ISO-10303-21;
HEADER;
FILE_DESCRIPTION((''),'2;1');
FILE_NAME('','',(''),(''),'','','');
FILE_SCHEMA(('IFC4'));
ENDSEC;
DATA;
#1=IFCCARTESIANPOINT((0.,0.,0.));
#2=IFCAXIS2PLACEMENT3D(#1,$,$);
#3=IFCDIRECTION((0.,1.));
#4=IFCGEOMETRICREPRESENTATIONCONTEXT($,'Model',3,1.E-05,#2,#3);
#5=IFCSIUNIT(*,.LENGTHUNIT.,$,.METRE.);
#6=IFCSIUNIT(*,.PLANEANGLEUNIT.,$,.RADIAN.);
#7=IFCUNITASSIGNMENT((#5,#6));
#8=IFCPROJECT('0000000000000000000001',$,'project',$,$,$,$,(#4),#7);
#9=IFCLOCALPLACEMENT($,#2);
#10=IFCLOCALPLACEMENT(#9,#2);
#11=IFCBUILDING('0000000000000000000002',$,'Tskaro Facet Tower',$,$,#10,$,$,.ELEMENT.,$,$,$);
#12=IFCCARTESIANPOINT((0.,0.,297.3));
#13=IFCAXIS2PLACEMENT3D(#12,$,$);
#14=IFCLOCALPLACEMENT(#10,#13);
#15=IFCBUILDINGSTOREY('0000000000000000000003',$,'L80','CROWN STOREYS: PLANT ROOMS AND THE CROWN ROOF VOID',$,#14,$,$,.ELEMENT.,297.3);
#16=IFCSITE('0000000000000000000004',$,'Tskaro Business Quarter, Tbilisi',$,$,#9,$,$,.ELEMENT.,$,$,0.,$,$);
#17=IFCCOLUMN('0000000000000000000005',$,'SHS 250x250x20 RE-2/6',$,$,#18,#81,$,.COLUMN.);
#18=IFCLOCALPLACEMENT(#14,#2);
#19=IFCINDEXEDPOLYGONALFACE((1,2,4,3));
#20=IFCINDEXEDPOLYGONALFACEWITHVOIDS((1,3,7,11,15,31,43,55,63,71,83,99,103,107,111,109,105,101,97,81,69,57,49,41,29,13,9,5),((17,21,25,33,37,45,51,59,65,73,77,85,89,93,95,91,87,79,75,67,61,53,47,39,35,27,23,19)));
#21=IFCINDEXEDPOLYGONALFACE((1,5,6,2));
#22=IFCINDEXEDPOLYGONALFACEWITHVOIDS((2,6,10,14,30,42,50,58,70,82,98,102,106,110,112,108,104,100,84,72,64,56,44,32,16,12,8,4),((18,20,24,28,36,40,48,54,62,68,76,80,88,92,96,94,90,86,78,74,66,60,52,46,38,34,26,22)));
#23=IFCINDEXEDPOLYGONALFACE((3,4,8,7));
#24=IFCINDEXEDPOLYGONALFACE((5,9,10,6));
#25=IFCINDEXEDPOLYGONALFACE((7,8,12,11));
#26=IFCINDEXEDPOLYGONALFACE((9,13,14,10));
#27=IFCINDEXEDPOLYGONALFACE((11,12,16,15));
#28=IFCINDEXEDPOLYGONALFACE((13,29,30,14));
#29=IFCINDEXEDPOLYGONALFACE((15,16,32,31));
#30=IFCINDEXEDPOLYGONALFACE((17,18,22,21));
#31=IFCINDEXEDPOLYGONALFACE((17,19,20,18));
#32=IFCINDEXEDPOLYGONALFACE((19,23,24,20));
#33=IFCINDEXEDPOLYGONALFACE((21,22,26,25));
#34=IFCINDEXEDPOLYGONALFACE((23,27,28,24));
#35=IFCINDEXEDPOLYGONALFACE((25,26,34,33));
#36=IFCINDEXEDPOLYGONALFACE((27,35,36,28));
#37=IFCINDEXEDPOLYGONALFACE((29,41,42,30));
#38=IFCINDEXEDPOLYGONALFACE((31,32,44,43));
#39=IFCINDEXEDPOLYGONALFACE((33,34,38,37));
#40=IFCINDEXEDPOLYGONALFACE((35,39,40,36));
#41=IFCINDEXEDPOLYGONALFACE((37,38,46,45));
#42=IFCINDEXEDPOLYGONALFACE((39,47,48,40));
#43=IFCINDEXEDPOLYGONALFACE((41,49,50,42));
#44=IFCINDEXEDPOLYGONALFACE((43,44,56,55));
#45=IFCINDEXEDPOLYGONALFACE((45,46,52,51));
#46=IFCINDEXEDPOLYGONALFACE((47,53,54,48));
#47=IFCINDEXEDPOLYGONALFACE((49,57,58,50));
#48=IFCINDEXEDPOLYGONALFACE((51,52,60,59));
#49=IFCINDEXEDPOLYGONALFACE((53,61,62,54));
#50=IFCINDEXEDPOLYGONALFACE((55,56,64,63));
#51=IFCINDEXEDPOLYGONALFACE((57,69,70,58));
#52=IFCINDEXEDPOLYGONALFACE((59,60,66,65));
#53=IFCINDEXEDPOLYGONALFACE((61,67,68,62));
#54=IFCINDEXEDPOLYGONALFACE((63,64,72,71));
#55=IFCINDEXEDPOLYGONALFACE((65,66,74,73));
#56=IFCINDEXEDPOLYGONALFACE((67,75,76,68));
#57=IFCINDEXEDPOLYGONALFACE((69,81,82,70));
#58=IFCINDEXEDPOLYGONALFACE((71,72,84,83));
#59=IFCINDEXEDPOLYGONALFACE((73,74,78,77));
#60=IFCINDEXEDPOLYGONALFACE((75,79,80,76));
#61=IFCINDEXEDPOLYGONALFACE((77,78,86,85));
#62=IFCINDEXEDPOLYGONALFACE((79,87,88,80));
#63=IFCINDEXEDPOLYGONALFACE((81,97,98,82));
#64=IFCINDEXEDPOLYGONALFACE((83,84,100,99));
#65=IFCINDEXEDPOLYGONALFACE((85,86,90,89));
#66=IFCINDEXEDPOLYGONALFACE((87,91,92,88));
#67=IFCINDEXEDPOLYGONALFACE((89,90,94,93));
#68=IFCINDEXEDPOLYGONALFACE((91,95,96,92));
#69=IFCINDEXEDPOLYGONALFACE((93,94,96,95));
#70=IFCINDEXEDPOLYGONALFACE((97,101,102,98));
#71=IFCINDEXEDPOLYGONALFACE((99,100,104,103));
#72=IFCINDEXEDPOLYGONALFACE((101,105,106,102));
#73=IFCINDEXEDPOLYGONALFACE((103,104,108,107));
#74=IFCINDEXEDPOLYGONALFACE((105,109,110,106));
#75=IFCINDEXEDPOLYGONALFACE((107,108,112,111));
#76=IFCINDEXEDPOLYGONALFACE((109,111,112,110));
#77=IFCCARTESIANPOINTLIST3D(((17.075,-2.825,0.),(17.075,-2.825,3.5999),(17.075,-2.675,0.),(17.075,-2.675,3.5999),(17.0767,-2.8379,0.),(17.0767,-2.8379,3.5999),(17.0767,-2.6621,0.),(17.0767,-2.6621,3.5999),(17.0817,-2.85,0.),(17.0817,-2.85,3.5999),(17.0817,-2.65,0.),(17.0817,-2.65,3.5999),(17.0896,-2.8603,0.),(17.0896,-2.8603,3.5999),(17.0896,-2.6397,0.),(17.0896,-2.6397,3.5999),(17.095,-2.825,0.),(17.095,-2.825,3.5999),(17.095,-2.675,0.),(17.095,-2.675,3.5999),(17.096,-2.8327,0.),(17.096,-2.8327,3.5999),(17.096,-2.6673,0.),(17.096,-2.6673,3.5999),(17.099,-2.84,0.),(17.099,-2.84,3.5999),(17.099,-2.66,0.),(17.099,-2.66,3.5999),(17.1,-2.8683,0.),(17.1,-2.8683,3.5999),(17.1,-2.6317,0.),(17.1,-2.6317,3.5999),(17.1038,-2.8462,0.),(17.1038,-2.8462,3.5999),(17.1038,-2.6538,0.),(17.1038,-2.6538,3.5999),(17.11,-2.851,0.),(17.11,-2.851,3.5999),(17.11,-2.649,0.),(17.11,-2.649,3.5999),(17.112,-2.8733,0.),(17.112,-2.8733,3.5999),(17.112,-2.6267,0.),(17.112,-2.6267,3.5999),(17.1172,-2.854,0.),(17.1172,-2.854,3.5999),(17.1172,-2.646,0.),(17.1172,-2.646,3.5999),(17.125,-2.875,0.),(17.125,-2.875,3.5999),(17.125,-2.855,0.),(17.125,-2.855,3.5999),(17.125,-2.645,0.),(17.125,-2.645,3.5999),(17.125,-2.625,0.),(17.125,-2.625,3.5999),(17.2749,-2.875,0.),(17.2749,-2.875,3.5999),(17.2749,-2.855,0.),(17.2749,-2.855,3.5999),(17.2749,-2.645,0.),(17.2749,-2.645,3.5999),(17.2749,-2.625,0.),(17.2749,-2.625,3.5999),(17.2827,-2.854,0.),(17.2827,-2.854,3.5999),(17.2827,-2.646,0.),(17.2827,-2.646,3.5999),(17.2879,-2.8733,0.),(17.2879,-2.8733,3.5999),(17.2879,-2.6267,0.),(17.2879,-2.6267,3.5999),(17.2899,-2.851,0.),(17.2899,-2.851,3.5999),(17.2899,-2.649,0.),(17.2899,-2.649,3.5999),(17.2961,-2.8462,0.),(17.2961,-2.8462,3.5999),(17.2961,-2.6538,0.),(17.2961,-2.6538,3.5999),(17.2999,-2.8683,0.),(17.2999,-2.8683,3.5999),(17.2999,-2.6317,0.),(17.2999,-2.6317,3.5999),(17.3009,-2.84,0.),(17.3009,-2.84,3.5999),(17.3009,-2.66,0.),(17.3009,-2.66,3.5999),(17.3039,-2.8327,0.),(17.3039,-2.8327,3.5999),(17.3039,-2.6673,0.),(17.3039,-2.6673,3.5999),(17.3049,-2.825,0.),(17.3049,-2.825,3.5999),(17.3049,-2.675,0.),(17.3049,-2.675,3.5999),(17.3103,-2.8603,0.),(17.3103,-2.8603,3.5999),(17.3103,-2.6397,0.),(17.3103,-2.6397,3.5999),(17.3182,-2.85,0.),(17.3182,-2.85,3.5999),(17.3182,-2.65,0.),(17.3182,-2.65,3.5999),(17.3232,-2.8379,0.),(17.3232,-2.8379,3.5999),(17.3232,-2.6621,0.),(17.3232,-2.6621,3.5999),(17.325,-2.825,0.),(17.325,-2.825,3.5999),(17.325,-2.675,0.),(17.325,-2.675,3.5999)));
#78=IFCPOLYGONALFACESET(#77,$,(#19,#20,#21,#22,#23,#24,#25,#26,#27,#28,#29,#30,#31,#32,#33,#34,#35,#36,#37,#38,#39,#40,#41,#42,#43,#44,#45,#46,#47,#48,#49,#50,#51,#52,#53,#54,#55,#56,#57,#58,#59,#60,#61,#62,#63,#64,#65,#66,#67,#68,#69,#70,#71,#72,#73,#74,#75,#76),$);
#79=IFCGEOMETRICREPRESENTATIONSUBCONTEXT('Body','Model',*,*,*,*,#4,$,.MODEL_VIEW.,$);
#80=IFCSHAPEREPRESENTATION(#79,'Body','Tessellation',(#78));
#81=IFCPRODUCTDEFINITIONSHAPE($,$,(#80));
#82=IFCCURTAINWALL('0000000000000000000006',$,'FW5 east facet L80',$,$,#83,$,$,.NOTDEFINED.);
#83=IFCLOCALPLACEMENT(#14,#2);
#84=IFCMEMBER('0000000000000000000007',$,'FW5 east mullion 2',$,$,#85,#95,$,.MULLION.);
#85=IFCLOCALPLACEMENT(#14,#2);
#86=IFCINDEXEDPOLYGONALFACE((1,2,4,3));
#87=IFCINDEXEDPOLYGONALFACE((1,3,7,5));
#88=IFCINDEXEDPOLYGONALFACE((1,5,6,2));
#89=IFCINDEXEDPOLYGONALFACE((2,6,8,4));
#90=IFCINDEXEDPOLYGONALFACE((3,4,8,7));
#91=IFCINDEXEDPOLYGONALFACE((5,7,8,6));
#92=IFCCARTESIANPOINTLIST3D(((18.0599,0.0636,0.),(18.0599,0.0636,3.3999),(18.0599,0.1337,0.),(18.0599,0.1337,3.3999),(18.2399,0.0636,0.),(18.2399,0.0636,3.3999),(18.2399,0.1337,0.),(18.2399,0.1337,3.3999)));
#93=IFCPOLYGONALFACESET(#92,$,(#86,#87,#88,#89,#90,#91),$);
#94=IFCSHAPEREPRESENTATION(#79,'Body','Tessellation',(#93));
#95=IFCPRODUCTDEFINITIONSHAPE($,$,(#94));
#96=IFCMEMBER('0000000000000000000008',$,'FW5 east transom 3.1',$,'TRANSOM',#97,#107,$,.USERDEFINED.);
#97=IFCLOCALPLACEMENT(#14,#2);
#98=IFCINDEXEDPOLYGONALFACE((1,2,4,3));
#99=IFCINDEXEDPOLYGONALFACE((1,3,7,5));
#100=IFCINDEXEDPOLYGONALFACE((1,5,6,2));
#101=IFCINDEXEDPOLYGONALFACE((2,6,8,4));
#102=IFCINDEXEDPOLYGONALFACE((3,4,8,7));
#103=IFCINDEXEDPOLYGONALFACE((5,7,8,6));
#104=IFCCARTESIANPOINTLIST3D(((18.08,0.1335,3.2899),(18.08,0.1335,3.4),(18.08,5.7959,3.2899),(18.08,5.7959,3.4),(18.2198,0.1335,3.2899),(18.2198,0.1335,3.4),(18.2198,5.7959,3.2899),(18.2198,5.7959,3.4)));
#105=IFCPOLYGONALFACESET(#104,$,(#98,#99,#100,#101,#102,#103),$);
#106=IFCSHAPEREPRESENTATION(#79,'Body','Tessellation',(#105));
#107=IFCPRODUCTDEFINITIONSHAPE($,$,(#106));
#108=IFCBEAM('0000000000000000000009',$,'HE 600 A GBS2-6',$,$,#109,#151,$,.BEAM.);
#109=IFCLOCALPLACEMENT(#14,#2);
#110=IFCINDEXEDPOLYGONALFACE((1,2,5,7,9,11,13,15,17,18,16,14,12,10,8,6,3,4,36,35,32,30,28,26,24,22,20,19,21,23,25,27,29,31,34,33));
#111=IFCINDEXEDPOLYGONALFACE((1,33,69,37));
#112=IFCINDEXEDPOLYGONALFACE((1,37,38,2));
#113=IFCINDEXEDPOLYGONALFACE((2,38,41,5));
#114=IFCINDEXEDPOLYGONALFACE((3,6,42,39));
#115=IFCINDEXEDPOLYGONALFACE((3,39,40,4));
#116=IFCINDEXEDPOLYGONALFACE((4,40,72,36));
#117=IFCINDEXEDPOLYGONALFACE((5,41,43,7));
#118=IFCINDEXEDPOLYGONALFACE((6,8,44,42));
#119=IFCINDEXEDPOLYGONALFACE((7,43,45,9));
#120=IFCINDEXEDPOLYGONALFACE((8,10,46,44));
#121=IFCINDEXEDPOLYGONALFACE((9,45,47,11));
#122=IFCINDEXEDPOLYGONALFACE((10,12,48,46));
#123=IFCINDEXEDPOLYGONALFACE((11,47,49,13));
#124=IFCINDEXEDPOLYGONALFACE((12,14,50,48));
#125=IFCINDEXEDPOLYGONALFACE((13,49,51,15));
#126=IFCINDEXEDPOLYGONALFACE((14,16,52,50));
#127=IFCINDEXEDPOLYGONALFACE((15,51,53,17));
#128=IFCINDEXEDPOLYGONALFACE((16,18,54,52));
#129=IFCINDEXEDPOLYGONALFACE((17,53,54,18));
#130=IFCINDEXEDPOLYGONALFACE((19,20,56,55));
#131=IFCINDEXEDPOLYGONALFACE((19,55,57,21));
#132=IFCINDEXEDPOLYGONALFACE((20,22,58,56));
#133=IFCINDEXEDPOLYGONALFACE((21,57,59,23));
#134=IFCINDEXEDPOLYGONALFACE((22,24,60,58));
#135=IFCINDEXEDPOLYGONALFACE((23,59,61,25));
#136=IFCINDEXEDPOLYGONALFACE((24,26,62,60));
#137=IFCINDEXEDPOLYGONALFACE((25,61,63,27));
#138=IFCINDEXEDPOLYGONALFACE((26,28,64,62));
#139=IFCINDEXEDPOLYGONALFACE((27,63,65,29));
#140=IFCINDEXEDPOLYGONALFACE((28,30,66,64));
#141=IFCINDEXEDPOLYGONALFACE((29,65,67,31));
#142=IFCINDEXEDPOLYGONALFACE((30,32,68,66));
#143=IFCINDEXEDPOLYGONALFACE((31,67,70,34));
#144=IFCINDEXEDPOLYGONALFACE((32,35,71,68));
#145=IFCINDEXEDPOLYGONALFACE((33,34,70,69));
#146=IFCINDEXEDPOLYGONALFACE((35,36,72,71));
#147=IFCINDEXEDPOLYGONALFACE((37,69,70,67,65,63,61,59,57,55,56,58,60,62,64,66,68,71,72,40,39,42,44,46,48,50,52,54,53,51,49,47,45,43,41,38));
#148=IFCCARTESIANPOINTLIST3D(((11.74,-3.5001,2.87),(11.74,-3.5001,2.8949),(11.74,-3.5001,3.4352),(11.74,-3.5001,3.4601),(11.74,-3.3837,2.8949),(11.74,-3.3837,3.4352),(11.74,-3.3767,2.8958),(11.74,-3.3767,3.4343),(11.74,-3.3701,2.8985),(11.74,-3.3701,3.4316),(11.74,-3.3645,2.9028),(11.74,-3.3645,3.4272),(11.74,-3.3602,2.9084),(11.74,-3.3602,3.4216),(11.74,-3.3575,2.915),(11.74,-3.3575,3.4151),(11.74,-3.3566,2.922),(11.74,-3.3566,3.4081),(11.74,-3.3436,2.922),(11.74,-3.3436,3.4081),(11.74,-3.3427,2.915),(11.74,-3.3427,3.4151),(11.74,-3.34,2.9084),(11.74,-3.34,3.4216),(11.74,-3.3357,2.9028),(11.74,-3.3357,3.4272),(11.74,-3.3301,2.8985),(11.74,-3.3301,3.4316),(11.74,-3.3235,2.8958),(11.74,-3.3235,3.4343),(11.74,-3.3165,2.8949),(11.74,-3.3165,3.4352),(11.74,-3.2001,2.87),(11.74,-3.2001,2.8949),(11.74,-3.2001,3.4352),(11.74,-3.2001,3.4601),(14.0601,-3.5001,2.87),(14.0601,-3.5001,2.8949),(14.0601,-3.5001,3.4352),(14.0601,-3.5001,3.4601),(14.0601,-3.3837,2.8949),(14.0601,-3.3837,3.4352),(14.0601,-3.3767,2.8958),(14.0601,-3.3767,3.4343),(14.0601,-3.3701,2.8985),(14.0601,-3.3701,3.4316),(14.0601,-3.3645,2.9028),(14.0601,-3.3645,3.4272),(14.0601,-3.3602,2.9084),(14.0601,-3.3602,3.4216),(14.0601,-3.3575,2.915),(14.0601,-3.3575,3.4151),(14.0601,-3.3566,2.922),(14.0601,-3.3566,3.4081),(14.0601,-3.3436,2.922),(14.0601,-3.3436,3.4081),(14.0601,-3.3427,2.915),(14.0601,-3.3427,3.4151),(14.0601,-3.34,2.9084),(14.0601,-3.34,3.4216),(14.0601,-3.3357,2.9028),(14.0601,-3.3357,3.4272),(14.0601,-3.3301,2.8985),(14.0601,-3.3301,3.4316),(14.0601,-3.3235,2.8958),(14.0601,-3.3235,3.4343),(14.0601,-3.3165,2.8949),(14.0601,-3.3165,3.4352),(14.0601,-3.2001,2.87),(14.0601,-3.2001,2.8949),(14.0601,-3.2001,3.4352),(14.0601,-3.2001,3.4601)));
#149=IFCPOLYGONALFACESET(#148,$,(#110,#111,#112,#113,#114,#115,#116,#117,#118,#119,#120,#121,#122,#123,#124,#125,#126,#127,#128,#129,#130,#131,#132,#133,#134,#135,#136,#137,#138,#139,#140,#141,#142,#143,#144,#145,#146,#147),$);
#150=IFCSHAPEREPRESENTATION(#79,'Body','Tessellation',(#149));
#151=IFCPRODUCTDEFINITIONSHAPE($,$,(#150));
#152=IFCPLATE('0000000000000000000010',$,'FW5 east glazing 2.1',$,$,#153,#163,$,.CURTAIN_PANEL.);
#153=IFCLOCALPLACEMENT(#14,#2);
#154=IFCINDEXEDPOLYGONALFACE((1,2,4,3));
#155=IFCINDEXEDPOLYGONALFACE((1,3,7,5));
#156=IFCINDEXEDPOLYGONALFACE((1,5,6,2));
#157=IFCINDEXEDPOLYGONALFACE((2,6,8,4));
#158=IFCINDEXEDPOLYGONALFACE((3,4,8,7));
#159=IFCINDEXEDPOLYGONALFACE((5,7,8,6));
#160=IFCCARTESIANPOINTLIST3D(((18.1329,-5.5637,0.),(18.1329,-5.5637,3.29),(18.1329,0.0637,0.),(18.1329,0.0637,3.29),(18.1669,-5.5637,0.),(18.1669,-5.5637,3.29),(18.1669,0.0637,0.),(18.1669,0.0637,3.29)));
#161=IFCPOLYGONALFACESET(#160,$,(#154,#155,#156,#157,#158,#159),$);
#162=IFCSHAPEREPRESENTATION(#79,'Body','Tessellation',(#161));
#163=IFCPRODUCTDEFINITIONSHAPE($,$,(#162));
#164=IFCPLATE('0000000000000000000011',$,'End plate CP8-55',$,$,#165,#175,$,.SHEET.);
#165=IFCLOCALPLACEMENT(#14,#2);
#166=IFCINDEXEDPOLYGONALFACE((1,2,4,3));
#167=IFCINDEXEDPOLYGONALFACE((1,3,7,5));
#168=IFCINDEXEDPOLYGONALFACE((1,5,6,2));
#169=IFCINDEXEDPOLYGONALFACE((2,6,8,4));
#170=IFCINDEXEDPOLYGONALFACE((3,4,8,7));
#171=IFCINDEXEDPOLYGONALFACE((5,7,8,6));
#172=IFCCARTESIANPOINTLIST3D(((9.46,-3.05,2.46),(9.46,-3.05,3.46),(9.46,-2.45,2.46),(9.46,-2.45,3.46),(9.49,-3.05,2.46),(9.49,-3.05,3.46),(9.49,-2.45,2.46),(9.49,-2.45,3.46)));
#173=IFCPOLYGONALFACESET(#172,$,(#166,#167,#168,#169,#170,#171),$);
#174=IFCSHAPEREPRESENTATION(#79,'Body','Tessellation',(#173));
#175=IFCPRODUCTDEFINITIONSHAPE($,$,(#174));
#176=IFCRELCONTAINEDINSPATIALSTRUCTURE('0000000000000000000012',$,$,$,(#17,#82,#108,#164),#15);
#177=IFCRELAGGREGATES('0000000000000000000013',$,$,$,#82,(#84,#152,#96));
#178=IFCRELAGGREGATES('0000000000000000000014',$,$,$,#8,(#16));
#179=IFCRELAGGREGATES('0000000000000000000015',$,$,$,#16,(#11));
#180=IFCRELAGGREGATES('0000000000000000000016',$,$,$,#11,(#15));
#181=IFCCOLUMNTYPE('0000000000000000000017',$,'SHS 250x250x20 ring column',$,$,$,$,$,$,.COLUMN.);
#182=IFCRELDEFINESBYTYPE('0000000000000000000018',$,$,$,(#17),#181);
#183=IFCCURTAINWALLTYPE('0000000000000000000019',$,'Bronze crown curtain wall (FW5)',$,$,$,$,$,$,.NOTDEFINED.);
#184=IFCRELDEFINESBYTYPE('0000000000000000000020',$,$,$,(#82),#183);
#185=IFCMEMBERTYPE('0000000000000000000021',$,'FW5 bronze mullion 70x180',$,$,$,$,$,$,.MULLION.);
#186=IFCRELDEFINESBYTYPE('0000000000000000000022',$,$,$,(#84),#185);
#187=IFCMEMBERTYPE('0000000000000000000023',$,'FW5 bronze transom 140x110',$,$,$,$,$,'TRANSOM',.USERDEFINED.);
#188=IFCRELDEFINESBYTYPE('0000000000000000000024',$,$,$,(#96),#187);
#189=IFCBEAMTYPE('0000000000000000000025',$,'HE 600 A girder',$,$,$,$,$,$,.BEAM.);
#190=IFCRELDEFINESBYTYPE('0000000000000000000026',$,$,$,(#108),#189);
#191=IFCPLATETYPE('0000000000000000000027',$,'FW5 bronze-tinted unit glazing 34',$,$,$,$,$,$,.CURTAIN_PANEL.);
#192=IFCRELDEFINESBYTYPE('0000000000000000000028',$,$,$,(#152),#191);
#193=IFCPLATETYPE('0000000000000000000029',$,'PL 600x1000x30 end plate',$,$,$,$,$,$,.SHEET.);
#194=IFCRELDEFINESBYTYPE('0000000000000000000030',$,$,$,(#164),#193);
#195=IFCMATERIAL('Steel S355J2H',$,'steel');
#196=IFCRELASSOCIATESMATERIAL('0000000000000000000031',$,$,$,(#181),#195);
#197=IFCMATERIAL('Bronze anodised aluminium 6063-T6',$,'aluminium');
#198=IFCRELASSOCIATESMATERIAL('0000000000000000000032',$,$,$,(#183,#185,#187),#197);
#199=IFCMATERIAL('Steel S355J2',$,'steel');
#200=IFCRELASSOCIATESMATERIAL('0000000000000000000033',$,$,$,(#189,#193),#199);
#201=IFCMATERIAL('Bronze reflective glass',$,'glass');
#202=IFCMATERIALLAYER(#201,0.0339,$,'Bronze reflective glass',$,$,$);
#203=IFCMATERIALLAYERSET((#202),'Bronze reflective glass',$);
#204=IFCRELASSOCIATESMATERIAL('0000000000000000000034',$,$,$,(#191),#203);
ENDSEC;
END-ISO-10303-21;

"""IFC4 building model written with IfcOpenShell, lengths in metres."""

from ifc_helpers import new_model, si_unit, direction, frame, origin, origin_2d, place, context, subcontext, project, spatial, rectangle, hollow_rectangle, i_section, extrude, material, layer, layer_set, material_profile, profile_set, type_object, element, aggregate, save


model = new_model("IFC4")

# Units and contexts
model_context = context("Model", 3, precision=1e-05, world=origin(), true_north=direction((0.0, 1.0)))
body_context = subcontext(model_context, "Body", "Model", "MODEL_VIEW")
ifc_project = project(units=[si_unit("LENGTHUNIT", "METRE"), si_unit("PLANEANGLEUNIT", "RADIAN")], contexts=[model_context])

# Site, building, storey
site_placement = place(None, origin())
site = spatial("IfcSite", under=ifc_project, at=site_placement, Name="Tskaro Business Quarter, Tbilisi", CompositionType="ELEMENT", RefElevation=0.0)
building_placement = place(site_placement, origin())
building = spatial("IfcBuilding", under=site, at=building_placement, Name="Tskaro Facet Tower", CompositionType="ELEMENT")
storey_placement = place(building_placement, frame((0.0, 0.0, 297.3)))
storey = spatial("IfcBuildingStorey", under=building, at=storey_placement, Name="L80", Description="CROWN STOREYS: PLANT ROOMS AND THE CROWN ROOF VOID", CompositionType="ELEMENT", Elevation=297.3)

# Column
ifc_material_1 = material(Name="Steel S355J2H", Category="steel")
ifc_material_profile_1 = material_profile(ifc_material_1, hollow_rectangle(XDim=0.25, YDim=0.25, WallThickness=0.02, InnerFilletRadius=0.03, OuterFilletRadius=0.05, at=origin_2d()), Name="SHS 250x250x20")
ifc_profile_set_1 = profile_set([ifc_material_profile_1], Name="Steel S355J2H")
column_type = type_object("IfcColumnType", Name="SHS 250x250x20 ring column", PredefinedType="COLUMN", material=ifc_profile_set_1)
column_placement = place(storey_placement, frame((17.2, -2.75, 0.0), z_axis=(0.0, 0.0, 1.0), x_axis=(1.0, 0.0, 0.0)))
element("IfcColumn", 1, at=column_placement, inside=storey, type_object=column_type, Name="SHS 250x250x20 RE-2/6", PredefinedType="COLUMN", context=body_context, shape_type="SweptSolid", body=[
    extrude(hollow_rectangle(XDim=0.25, YDim=0.25, WallThickness=0.02, InnerFilletRadius=0.03, OuterFilletRadius=0.05, at=origin_2d()), origin(), (0.0, 0.0, 1.0), 3.5999),
])

# Curtain wall, members
ifc_material_2 = material(Name="Bronze anodised aluminium 6063-T6", Category="aluminium")
curtain_wall_type = type_object("IfcCurtainWallType", Name="Bronze crown curtain wall (FW5)", PredefinedType="NOTDEFINED", material=ifc_material_2)
curtain_wall_placement = place(storey_placement, origin())
curtain_wall = element("IfcCurtainWall", 2, at=curtain_wall_placement, inside=storey, type_object=curtain_wall_type, Name="FW5 east facet L80", PredefinedType="NOTDEFINED")
ifc_material_profile_2 = material_profile(ifc_material_2, rectangle(XDim=0.0701, YDim=0.1799, at=origin_2d()), Name="Mullion 70x180")
ifc_profile_set_2 = profile_set([ifc_material_profile_2], Name="Bronze anodised aluminium 6063-T6")
member_type_1 = type_object("IfcMemberType", Name="FW5 bronze mullion 70x180", PredefinedType="MULLION", material=ifc_profile_set_2)
member_1_placement = place(storey_placement, frame((18.1499, 0.0986, 0.0), z_axis=(0.0, 0.0, 1.0), x_axis=(0.0, 1.0, 0.0)))
member_1 = element("IfcMember", 3, at=member_1_placement, type_object=member_type_1, Name="FW5 east mullion 2", PredefinedType="MULLION", context=body_context, shape_type="SweptSolid", body=[
    extrude(rectangle(XDim=0.0701, YDim=0.1799, at=origin_2d()), origin(), (0.0, 0.0, 1.0), 3.3999),
])
ifc_material_profile_3 = material_profile(ifc_material_2, rectangle(XDim=0.1399, YDim=0.1101, at=origin_2d()), Name="Transom 140x110")
ifc_profile_set_3 = profile_set([ifc_material_profile_3], Name="Bronze anodised aluminium 6063-T6")
member_type_2 = type_object("IfcMemberType", Name="FW5 bronze transom 140x110", ElementType="TRANSOM", PredefinedType="USERDEFINED", material=ifc_profile_set_3)
member_2_placement = place(storey_placement, frame((18.1499, 0.1335, 3.345), z_axis=(0.0, 1.0, 0.0), x_axis=(-1.0, 0.0, 0.0)))
member_2 = element("IfcMember", 4, at=member_2_placement, type_object=member_type_2, Name="FW5 east transom 3.1", ObjectType="TRANSOM", PredefinedType="USERDEFINED", context=body_context, shape_type="SweptSolid", body=[
    extrude(rectangle(XDim=0.1399, YDim=0.1101, at=origin_2d()), origin(), (0.0, 0.0, 1.0), 5.6624),
])

# Beam
ifc_material_3 = material(Name="Steel S355J2", Category="steel")
ifc_material_profile_4 = material_profile(ifc_material_3, i_section(OverallWidth=0.3, OverallDepth=0.5901, WebThickness=0.0129, FlangeThickness=0.0249, FilletRadius=0.0271, at=origin_2d()), Name="HE 600 A")
ifc_profile_set_4 = profile_set([ifc_material_profile_4], Name="Steel S355J2")
beam_type = type_object("IfcBeamType", Name="HE 600 A girder", PredefinedType="BEAM", material=ifc_profile_set_4)
beam_placement = place(storey_placement, frame((11.74, -3.3501, 3.165), z_axis=(1.0, 0.0, 0.0), x_axis=(0.0, 1.0, 0.0)))
element("IfcBeam", 5, at=beam_placement, inside=storey, type_object=beam_type, Name="HE 600 A GBS2-6", PredefinedType="BEAM", context=body_context, shape_type="SweptSolid", body=[
    extrude(i_section(OverallWidth=0.3, OverallDepth=0.5901, WebThickness=0.0129, FlangeThickness=0.0249, FilletRadius=0.0271, at=origin_2d()), origin(), (0.0, 0.0, 1.0), 2.3201),
])

# Plates
ifc_material_4 = material(Name="Bronze reflective glass", Category="glass")
ifc_layer_1 = layer(ifc_material_4, 0.0339, Name="Bronze reflective glass")
ifc_layer_set_1 = layer_set([ifc_layer_1], Name="Bronze reflective glass")
plate_type_1 = type_object("IfcPlateType", Name="FW5 bronze-tinted unit glazing 34", PredefinedType="CURTAIN_PANEL", material=ifc_layer_set_1)
plate_1_placement = place(storey_placement, frame((18.1499, -2.75, 0.0), z_axis=(0.0, 0.0, 1.0), x_axis=(0.0, 1.0, 0.0)))
plate_1 = element("IfcPlate", 6, at=plate_1_placement, type_object=plate_type_1, Name="FW5 east glazing 2.1", PredefinedType="CURTAIN_PANEL", context=body_context, shape_type="SweptSolid", body=[
    extrude(rectangle(XDim=5.6274, YDim=0.0339, at=origin_2d()), origin(), (0.0, 0.0, 1.0), 3.29),
])
aggregate(curtain_wall, [member_1, plate_1, member_2])
ifc_material_profile_5 = material_profile(ifc_material_3, rectangle(XDim=0.6001, YDim=1.0, at=origin_2d()), Name="PL 600x1000x30 end plate")
ifc_profile_set_5 = profile_set([ifc_material_profile_5], Name="Steel S355J2")
plate_type_2 = type_object("IfcPlateType", Name="PL 600x1000x30 end plate", PredefinedType="SHEET", material=ifc_profile_set_5)
plate_2_placement = place(storey_placement, frame((9.49, -2.75, 2.96), z_axis=(-1.0, 0.0, 0.0), x_axis=(0.0, -1.0, 0.0)))
element("IfcPlate", 7, at=plate_2_placement, inside=storey, type_object=plate_type_2, Name="End plate CP8-55", PredefinedType="SHEET", context=body_context, shape_type="SweptSolid", body=[
    extrude(rectangle(XDim=0.6001, YDim=1.0, at=origin_2d()), origin(), (0.0, 0.0, 1.0), 0.03),
])

save(model, "model.ifc")
